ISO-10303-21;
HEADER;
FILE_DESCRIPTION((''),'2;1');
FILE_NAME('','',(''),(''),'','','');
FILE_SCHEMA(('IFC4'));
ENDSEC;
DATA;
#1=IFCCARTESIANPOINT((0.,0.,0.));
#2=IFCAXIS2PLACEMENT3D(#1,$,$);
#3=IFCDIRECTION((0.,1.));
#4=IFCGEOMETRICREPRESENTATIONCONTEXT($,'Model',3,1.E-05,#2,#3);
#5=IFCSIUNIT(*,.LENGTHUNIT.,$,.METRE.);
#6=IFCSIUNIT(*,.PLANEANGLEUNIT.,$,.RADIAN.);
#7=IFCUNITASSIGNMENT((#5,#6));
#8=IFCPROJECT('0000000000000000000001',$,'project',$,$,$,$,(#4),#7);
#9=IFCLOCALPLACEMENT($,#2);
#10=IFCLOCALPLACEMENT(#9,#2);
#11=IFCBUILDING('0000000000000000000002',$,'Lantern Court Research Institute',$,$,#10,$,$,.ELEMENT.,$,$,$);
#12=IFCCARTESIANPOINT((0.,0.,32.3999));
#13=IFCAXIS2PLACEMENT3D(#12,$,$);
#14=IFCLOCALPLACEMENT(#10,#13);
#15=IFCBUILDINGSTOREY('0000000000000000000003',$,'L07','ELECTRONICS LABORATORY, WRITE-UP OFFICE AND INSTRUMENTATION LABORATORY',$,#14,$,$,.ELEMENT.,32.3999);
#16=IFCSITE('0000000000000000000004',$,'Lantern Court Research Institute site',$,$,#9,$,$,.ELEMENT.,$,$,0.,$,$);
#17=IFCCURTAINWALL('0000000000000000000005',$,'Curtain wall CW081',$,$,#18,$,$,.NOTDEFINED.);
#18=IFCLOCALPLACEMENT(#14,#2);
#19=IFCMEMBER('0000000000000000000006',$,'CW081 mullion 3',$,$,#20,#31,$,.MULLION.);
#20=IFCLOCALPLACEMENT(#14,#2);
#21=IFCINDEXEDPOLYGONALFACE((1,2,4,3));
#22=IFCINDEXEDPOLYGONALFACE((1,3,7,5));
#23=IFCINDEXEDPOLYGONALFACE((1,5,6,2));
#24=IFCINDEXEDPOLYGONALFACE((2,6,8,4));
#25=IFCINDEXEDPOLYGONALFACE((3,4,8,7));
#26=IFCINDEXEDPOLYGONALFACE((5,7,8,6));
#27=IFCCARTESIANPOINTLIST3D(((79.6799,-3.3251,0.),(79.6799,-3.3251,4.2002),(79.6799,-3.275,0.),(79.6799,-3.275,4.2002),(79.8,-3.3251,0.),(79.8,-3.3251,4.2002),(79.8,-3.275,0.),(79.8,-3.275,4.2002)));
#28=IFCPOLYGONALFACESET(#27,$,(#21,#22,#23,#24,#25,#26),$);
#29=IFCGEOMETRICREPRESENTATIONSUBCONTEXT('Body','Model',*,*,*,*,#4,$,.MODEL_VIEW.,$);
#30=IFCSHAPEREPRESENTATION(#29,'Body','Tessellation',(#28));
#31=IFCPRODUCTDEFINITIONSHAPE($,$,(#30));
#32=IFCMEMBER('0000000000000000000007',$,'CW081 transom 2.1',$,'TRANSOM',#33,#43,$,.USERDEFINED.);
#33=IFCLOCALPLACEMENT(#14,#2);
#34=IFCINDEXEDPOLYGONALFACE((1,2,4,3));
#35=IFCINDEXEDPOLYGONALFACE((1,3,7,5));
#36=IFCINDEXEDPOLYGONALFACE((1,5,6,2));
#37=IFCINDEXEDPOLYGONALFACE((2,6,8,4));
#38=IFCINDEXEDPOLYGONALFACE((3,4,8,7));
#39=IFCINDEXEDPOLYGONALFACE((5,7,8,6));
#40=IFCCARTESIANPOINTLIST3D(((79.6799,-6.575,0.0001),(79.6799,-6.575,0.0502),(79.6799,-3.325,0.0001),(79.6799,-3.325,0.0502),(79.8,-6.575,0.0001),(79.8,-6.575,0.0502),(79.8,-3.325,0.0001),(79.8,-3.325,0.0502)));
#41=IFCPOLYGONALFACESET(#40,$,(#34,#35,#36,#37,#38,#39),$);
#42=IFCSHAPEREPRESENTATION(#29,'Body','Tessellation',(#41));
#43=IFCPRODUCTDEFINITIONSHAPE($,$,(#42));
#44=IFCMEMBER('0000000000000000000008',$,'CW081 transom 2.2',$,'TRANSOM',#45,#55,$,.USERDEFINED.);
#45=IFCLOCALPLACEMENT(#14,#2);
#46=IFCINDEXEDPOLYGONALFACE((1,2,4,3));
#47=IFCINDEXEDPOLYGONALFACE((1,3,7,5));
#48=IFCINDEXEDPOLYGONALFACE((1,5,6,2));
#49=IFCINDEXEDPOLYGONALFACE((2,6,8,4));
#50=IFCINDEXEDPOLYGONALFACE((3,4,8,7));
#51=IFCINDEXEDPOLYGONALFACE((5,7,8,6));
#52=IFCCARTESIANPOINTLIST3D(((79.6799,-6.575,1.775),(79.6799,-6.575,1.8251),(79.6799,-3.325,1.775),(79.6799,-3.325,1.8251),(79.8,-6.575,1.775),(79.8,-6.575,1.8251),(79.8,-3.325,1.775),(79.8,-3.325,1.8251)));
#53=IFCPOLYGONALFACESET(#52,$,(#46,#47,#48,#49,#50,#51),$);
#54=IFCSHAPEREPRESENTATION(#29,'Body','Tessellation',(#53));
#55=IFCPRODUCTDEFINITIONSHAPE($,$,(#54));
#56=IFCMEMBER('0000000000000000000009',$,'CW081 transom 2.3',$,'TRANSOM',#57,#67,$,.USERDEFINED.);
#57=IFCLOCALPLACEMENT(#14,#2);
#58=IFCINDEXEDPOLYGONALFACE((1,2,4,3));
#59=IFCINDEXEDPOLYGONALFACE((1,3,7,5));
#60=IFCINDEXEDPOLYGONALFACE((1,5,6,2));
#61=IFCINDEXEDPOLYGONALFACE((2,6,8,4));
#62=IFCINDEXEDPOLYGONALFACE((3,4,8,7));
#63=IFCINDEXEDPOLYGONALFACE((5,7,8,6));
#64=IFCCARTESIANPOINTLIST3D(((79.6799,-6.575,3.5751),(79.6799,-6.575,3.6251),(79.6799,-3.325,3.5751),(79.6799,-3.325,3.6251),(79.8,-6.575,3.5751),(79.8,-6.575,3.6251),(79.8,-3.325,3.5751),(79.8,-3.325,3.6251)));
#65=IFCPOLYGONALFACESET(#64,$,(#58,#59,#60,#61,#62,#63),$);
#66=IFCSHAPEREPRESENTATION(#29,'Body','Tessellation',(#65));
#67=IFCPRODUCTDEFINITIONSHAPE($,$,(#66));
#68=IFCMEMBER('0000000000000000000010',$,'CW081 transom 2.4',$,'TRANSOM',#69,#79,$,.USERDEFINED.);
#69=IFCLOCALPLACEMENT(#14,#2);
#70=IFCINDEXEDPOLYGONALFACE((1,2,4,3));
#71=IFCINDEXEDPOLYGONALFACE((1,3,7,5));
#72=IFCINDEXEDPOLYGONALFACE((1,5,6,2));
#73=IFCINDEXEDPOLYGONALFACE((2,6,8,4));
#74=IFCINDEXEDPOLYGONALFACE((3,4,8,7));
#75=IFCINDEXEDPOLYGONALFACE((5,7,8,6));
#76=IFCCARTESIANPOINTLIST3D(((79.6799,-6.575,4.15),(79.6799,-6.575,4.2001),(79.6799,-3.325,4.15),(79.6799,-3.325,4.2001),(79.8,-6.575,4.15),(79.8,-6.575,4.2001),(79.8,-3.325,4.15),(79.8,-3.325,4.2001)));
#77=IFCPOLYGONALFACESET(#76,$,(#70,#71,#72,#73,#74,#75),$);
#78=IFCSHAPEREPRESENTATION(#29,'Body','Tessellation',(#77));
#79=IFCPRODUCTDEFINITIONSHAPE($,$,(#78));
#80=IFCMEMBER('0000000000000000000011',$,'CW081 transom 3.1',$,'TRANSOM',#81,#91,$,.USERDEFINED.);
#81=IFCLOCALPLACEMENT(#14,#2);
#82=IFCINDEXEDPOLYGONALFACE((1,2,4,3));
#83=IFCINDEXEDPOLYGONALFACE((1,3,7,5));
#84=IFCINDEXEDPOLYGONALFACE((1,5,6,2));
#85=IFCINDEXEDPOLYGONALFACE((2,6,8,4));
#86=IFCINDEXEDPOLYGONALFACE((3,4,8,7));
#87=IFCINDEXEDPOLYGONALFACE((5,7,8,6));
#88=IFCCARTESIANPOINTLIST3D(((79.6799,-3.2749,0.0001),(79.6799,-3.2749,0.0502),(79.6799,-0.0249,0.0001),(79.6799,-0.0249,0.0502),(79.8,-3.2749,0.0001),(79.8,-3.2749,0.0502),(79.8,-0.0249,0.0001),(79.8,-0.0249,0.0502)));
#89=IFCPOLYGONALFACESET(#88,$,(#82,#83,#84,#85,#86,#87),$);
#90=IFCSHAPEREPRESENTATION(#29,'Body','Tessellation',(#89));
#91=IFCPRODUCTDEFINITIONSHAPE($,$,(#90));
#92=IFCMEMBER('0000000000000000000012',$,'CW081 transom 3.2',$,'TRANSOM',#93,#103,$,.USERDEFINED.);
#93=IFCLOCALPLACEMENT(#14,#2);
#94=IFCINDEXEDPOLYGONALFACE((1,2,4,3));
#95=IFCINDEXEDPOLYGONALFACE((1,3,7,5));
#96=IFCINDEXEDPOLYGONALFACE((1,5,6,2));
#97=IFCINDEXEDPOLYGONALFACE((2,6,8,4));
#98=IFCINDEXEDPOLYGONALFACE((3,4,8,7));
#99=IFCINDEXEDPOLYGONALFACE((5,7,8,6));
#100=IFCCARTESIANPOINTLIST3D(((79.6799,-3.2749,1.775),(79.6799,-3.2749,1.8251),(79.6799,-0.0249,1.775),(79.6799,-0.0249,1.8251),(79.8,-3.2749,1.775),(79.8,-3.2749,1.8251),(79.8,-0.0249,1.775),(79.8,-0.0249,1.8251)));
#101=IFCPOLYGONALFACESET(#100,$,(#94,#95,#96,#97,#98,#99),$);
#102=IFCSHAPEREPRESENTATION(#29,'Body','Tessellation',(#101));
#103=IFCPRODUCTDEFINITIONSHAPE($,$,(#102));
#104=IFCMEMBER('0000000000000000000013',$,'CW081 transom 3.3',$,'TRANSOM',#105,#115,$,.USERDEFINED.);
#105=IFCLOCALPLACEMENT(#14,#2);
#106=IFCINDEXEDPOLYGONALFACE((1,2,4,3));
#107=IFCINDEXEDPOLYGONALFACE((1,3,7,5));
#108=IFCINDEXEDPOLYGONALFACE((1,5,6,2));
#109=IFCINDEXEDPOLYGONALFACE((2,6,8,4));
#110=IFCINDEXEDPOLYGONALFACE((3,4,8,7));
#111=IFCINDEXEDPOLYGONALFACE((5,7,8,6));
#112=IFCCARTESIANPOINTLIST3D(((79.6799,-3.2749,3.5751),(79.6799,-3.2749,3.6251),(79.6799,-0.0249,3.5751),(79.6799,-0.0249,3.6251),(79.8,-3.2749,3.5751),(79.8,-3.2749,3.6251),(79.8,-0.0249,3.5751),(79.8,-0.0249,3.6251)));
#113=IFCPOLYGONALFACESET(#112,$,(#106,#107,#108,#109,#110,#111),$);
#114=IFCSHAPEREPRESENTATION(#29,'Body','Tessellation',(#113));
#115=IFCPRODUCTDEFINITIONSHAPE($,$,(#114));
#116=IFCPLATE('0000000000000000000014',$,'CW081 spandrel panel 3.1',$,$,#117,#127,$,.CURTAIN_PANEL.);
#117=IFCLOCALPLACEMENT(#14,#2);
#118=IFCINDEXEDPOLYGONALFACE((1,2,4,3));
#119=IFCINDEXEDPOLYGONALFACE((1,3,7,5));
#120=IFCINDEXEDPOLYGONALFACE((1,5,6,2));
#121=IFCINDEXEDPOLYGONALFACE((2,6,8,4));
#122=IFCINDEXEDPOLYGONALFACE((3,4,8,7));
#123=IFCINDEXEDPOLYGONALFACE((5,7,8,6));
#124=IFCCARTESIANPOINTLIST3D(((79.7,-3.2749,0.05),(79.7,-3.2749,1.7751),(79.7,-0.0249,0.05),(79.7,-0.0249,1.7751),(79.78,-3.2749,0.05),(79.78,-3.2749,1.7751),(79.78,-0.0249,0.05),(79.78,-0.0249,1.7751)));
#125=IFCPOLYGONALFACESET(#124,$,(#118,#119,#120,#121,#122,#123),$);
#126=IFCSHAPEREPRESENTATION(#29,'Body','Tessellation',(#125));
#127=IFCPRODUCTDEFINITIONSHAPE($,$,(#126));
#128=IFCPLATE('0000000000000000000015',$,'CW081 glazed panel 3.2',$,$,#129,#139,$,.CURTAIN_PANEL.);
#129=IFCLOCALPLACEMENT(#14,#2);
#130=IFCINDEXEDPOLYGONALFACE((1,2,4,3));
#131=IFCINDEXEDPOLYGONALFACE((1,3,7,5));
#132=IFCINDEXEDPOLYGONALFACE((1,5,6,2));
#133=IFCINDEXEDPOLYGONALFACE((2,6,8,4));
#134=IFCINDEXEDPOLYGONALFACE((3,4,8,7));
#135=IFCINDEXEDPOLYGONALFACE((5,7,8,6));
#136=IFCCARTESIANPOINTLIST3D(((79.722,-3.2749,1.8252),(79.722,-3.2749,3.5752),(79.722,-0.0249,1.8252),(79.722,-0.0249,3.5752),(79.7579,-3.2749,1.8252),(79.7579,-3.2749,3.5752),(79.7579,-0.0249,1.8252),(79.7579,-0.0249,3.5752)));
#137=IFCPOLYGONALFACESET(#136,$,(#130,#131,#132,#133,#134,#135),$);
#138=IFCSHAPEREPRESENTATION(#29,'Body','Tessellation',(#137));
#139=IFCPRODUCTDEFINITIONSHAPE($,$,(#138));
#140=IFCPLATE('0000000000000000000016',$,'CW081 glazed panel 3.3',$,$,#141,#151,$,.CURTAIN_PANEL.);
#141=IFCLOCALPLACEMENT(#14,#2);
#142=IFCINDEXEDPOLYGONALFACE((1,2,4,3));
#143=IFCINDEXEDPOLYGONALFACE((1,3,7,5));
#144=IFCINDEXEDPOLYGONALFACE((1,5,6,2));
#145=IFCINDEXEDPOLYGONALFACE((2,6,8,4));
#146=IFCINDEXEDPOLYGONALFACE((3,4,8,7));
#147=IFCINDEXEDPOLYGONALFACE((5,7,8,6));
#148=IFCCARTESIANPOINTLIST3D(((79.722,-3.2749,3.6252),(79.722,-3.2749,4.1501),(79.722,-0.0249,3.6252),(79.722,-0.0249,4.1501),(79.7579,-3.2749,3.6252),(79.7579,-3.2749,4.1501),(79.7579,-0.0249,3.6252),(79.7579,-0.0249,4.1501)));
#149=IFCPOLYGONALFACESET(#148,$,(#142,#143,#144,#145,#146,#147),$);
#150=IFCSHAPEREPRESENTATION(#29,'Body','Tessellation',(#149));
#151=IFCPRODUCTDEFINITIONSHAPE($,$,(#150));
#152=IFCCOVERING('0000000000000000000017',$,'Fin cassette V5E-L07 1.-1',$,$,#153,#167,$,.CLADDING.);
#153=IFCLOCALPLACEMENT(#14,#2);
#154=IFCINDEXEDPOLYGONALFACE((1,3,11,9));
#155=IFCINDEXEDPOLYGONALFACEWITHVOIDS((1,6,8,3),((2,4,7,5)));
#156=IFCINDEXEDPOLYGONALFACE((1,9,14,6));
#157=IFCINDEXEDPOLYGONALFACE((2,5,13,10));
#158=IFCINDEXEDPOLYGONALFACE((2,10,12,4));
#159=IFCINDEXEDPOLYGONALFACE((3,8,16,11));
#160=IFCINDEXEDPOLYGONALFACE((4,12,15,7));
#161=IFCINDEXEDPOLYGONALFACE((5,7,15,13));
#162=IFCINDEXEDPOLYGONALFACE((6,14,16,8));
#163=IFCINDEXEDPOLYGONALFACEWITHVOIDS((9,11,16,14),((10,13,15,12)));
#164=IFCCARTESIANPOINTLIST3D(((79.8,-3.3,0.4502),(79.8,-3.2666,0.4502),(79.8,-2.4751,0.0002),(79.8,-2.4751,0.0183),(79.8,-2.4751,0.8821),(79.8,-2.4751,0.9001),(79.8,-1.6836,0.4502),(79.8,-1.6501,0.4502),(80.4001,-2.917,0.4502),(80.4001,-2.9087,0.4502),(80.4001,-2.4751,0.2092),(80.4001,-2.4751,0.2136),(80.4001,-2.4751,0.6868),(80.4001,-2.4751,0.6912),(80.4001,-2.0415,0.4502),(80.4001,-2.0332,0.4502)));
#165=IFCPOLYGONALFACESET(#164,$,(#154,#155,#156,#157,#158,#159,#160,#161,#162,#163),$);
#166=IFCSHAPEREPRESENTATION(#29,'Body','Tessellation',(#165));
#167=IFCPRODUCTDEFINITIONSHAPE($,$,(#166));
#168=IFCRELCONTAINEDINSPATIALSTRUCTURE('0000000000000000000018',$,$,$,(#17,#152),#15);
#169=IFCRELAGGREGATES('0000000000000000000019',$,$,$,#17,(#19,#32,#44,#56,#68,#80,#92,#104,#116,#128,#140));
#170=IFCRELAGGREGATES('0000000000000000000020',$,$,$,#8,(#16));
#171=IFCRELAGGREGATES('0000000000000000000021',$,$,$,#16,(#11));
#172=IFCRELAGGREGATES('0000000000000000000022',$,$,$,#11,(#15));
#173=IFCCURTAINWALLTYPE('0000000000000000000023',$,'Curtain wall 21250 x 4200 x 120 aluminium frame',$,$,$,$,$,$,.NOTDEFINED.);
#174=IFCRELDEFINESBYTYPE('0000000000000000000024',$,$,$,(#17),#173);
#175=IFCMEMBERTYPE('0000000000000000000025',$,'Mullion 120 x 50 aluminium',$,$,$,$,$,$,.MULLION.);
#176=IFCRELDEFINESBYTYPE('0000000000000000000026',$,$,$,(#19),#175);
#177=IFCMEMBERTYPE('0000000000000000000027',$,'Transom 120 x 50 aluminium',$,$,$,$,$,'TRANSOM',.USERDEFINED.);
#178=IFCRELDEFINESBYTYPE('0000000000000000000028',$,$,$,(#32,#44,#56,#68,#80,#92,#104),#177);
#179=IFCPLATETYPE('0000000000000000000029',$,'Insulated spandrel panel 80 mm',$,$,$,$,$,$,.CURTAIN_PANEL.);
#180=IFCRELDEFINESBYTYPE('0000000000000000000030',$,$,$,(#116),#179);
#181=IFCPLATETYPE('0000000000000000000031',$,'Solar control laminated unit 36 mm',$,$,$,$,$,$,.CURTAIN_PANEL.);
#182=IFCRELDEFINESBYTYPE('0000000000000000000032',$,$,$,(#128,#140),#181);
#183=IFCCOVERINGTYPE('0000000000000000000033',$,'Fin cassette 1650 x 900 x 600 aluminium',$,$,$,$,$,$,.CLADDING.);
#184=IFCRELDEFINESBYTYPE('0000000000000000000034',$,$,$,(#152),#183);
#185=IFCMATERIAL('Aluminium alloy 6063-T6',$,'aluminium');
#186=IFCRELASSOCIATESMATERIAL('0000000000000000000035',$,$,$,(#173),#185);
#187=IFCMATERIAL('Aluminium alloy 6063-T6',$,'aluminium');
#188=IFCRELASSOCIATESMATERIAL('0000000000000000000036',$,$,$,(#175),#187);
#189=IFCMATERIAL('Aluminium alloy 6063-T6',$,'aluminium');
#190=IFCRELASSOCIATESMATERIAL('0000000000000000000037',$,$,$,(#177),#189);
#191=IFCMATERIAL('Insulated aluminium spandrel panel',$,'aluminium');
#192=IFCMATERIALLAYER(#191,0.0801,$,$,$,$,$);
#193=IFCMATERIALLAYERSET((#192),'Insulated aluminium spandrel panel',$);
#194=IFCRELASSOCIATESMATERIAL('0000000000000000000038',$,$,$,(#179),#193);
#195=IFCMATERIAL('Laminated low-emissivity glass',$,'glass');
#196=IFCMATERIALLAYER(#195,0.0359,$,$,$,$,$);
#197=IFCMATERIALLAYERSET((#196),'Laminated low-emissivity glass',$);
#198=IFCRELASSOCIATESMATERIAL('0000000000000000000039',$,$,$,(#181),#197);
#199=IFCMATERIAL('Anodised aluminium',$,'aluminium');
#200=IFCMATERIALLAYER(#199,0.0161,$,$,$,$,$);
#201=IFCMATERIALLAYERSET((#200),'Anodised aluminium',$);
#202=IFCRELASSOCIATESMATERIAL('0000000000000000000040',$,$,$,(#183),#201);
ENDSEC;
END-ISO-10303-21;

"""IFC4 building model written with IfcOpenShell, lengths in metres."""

from ifc_helpers import new_model, entity, si_unit, direction, frame, origin, origin_2d, place, context, subcontext, project, spatial, rectangle, extrude, material, layer, layer_set, material_profile, profile_set, type_object, element, aggregate, save


model = new_model("IFC4")

# Units and contexts
model_context = context("Model", 3, precision=1e-05, world=origin(), true_north=direction((0.0, 1.0)))
body_context = subcontext(model_context, "Body", "Model", "MODEL_VIEW")
ifc_project = project(units=[si_unit("LENGTHUNIT", "METRE"), si_unit("PLANEANGLEUNIT", "RADIAN")], contexts=[model_context])

# Site, building, storey
site_placement = place(None, origin())
site = spatial("IfcSite", under=ifc_project, at=site_placement, Name="Lantern Court Research Institute site", CompositionType="ELEMENT", RefElevation=0.0)
building_placement = place(site_placement, origin())
building = spatial("IfcBuilding", under=site, at=building_placement, Name="Lantern Court Research Institute", CompositionType="ELEMENT")
storey_placement = place(building_placement, frame((0.0, 0.0, 32.3999)))
storey = spatial("IfcBuildingStorey", under=building, at=storey_placement, Name="L07", Description="ELECTRONICS LABORATORY, WRITE-UP OFFICE AND INSTRUMENTATION LABORATORY", CompositionType="ELEMENT", Elevation=32.3999)

# Curtain wall, members, plates
ifc_material_1 = material(Name="Aluminium alloy 6063-T6", Category="aluminium")
curtain_wall_type = type_object("IfcCurtainWallType", Name="Curtain wall 21250 x 4200 x 120 aluminium frame", PredefinedType="NOTDEFINED", material=ifc_material_1)
curtain_wall_placement = place(storey_placement, origin())
curtain_wall = element("IfcCurtainWall", 1, at=curtain_wall_placement, inside=storey, type_object=curtain_wall_type, Name="Curtain wall CW081", PredefinedType="NOTDEFINED")
ifc_material_2 = material(Name="Aluminium alloy 6063-T6", Category="aluminium")
ifc_material_profile_1 = material_profile(ifc_material_2, rectangle(XDim=0.1201, YDim=0.05, at=origin_2d()), Name="Mullion 120 x 50")
ifc_profile_set_1 = profile_set([ifc_material_profile_1], Name="Aluminium alloy 6063-T6")
member_type_1 = type_object("IfcMemberType", Name="Mullion 120 x 50 aluminium", PredefinedType="MULLION", material=ifc_profile_set_1)
member_1_placement = place(storey_placement, frame((79.74, -3.3, 0.0), z_axis=(0.0, 0.0, 1.0), x_axis=(1.0, 0.0, 0.0)))
member_1 = element("IfcMember", 2, at=member_1_placement, type_object=member_type_1, Name="CW081 mullion 3", PredefinedType="MULLION", context=body_context, shape_type="SweptSolid", body=[
    extrude(rectangle(XDim=0.1201, YDim=0.05, at=origin_2d()), origin(), (0.0, 0.0, 1.0), 4.2002),
])
ifc_material_3 = material(Name="Aluminium alloy 6063-T6", Category="aluminium")
ifc_material_profile_2 = material_profile(ifc_material_3, rectangle(XDim=0.1201, YDim=0.05, at=origin_2d()), Name="Transom 120 x 50")
ifc_profile_set_2 = profile_set([ifc_material_profile_2], Name="Aluminium alloy 6063-T6")
member_type_2 = type_object("IfcMemberType", Name="Transom 120 x 50 aluminium", ElementType="TRANSOM", PredefinedType="USERDEFINED", material=ifc_profile_set_2)
member_2_placement = place(storey_placement, frame((79.74, -3.325, 0.0251), z_axis=(0.0, -1.0, 0.0), x_axis=(1.0, 0.0, 0.0)))
member_2 = element("IfcMember", 3, at=member_2_placement, type_object=member_type_2, Name="CW081 transom 2.1", ObjectType="TRANSOM", PredefinedType="USERDEFINED", context=body_context, shape_type="SweptSolid", body=[
    extrude(rectangle(XDim=0.1201, YDim=0.05, at=origin_2d()), origin(), (0.0, 0.0, 1.0), 3.25),
])
member_3_placement = place(storey_placement, frame((79.74, -3.325, 1.8), z_axis=(0.0, -1.0, 0.0), x_axis=(1.0, 0.0, 0.0)))
member_3 = element("IfcMember", 4, at=member_3_placement, type_object=member_type_2, Name="CW081 transom 2.2", ObjectType="TRANSOM", PredefinedType="USERDEFINED", context=body_context, shape_type="SweptSolid", body=[
    extrude(rectangle(XDim=0.1201, YDim=0.05, at=origin_2d()), origin(), (0.0, 0.0, 1.0), 3.25),
])
member_4_placement = place(storey_placement, frame((79.74, -3.325, 3.6001), z_axis=(0.0, -1.0, 0.0), x_axis=(1.0, 0.0, 0.0)))
member_4 = element("IfcMember", 5, at=member_4_placement, type_object=member_type_2, Name="CW081 transom 2.3", ObjectType="TRANSOM", PredefinedType="USERDEFINED", context=body_context, shape_type="SweptSolid", body=[
    extrude(rectangle(XDim=0.1201, YDim=0.05, at=origin_2d()), origin(), (0.0, 0.0, 1.0), 3.25),
])
member_5_placement = place(storey_placement, frame((79.74, -3.325, 4.175), z_axis=(0.0, -1.0, 0.0), x_axis=(1.0, 0.0, 0.0)))
member_5 = element("IfcMember", 6, at=member_5_placement, type_object=member_type_2, Name="CW081 transom 2.4", ObjectType="TRANSOM", PredefinedType="USERDEFINED", context=body_context, shape_type="SweptSolid", body=[
    extrude(rectangle(XDim=0.1201, YDim=0.05, at=origin_2d()), origin(), (0.0, 0.0, 1.0), 3.25),
])
member_6_placement = place(storey_placement, frame((79.74, -0.0249, 0.0251), z_axis=(0.0, -1.0, 0.0), x_axis=(1.0, 0.0, 0.0)))
member_6 = element("IfcMember", 7, at=member_6_placement, type_object=member_type_2, Name="CW081 transom 3.1", ObjectType="TRANSOM", PredefinedType="USERDEFINED", context=body_context, shape_type="SweptSolid", body=[
    extrude(rectangle(XDim=0.1201, YDim=0.05, at=origin_2d()), origin(), (0.0, 0.0, 1.0), 3.25),
])
member_7_placement = place(storey_placement, frame((79.74, -0.0249, 1.8), z_axis=(0.0, -1.0, 0.0), x_axis=(1.0, 0.0, 0.0)))
member_7 = element("IfcMember", 8, at=member_7_placement, type_object=member_type_2, Name="CW081 transom 3.2", ObjectType="TRANSOM", PredefinedType="USERDEFINED", context=body_context, shape_type="SweptSolid", body=[
    extrude(rectangle(XDim=0.1201, YDim=0.05, at=origin_2d()), origin(), (0.0, 0.0, 1.0), 3.25),
])
member_8_placement = place(storey_placement, frame((79.74, -0.0249, 3.6001), z_axis=(0.0, -1.0, 0.0), x_axis=(1.0, 0.0, 0.0)))
member_8 = element("IfcMember", 9, at=member_8_placement, type_object=member_type_2, Name="CW081 transom 3.3", ObjectType="TRANSOM", PredefinedType="USERDEFINED", context=body_context, shape_type="SweptSolid", body=[
    extrude(rectangle(XDim=0.1201, YDim=0.05, at=origin_2d()), origin(), (0.0, 0.0, 1.0), 3.25),
])
ifc_material_4 = material(Name="Insulated aluminium spandrel panel", Category="aluminium")
ifc_layer_1 = layer(ifc_material_4, 0.0801)
ifc_layer_set_1 = layer_set([ifc_layer_1], Name="Insulated aluminium spandrel panel")
plate_type_1 = type_object("IfcPlateType", Name="Insulated spandrel panel 80 mm", PredefinedType="CURTAIN_PANEL", material=ifc_layer_set_1)
plate_1_placement = place(storey_placement, frame((79.74, -1.6499, 0.05), z_axis=(0.0, 0.0, 1.0), x_axis=(0.0, -1.0, 0.0)))
plate_1 = element("IfcPlate", 10, at=plate_1_placement, type_object=plate_type_1, Name="CW081 spandrel panel 3.1", PredefinedType="CURTAIN_PANEL", context=body_context, shape_type="SweptSolid", body=[
    extrude(rectangle(XDim=3.25, YDim=0.0801, at=origin_2d()), origin(), (0.0, 0.0, 1.0), 1.7251),
])
ifc_material_5 = material(Name="Laminated low-emissivity glass", Category="glass")
ifc_layer_2 = layer(ifc_material_5, 0.0359)
ifc_layer_set_2 = layer_set([ifc_layer_2], Name="Laminated low-emissivity glass")
plate_type_2 = type_object("IfcPlateType", Name="Solar control laminated unit 36 mm", PredefinedType="CURTAIN_PANEL", material=ifc_layer_set_2)
plate_2_placement = place(storey_placement, frame((79.74, -1.6499, 1.8252), z_axis=(0.0, 0.0, 1.0), x_axis=(0.0, -1.0, 0.0)))
plate_2 = element("IfcPlate", 11, at=plate_2_placement, type_object=plate_type_2, Name="CW081 glazed panel 3.2", PredefinedType="CURTAIN_PANEL", context=body_context, shape_type="SweptSolid", body=[
    extrude(rectangle(XDim=3.25, YDim=0.0359, at=origin_2d()), origin(), (0.0, 0.0, 1.0), 1.75),
])
plate_3_placement = place(storey_placement, frame((79.74, -1.6499, 3.6252), z_axis=(0.0, 0.0, 1.0), x_axis=(0.0, -1.0, 0.0)))
plate_3 = element("IfcPlate", 12, at=plate_3_placement, type_object=plate_type_2, Name="CW081 glazed panel 3.3", PredefinedType="CURTAIN_PANEL", context=body_context, shape_type="SweptSolid", body=[
    extrude(rectangle(XDim=3.25, YDim=0.0359, at=origin_2d()), origin(), (0.0, 0.0, 1.0), 0.5249),
])
aggregate(curtain_wall, [member_1, member_2, member_3, member_4, member_5, member_6, member_7, member_8, plate_1, plate_2, plate_3])

# Covering
ifc_material_6 = material(Name="Anodised aluminium", Category="aluminium")
ifc_layer_3 = layer(ifc_material_6, 0.0161)
ifc_layer_set_3 = layer_set([ifc_layer_3], Name="Anodised aluminium")
covering_type = type_object("IfcCoveringType", Name="Fin cassette 1650 x 900 x 600 aluminium", PredefinedType="CLADDING", material=ifc_layer_set_3)
covering_1_placement = place(storey_placement, frame((79.8, -2.4751, 0.4502), z_axis=(1.0, 0.0, 0.0), x_axis=(0.0, 1.0, 0.0)))
cartesian_point_1 = entity("IfcCartesianPoint", [0.825, 0.0])
cartesian_point_2 = entity("IfcCartesianPoint", [0.7915, 0.0])
cartesian_point_3 = entity("IfcCartesianPoint", [0.4419, 0.0])
cartesian_point_4 = entity("IfcCartesianPoint", [0.4336, 0.0])
element("IfcCovering", 13, at=covering_1_placement, inside=storey, type_object=covering_type, Name="Fin cassette V5E-L07 1.-1", PredefinedType="CLADDING", context=body_context, shape_type="SweptSolid", body=[
    entity("IfcExtrudedAreaSolidTapered", entity("IfcArbitraryProfileDefWithVoids", "AREA", None, entity("IfcPolyline", [cartesian_point_1, entity("IfcCartesianPoint", [0.0, 0.45]), entity("IfcCartesianPoint", [-0.825, 0.0]), entity("IfcCartesianPoint", [0.0, -0.45]), cartesian_point_1]), [entity("IfcPolyline", [cartesian_point_2, entity("IfcCartesianPoint", [0.0, 0.4319]), entity("IfcCartesianPoint", [-0.7915, 0.0]), entity("IfcCartesianPoint", [0.0, -0.4319]), cartesian_point_2])]), entity("IfcAxis2Placement3D", entity("IfcCartesianPoint", [0.0, 0.0, 0.0])), entity("IfcDirection", [0.0, 0.0, 1.0]), 0.6001, entity("IfcArbitraryProfileDefWithVoids", "AREA", None, entity("IfcPolyline", [cartesian_point_3, entity("IfcCartesianPoint", [0.0, 0.241]), entity("IfcCartesianPoint", [-0.4419, 0.0]), entity("IfcCartesianPoint", [0.0, -0.241]), cartesian_point_3]), [entity("IfcPolyline", [cartesian_point_4, entity("IfcCartesianPoint", [0.0, 0.2366]), entity("IfcCartesianPoint", [-0.4336, 0.0]), entity("IfcCartesianPoint", [0.0, -0.2366]), cartesian_point_4])])),
])

save(model, "model.ifc")
